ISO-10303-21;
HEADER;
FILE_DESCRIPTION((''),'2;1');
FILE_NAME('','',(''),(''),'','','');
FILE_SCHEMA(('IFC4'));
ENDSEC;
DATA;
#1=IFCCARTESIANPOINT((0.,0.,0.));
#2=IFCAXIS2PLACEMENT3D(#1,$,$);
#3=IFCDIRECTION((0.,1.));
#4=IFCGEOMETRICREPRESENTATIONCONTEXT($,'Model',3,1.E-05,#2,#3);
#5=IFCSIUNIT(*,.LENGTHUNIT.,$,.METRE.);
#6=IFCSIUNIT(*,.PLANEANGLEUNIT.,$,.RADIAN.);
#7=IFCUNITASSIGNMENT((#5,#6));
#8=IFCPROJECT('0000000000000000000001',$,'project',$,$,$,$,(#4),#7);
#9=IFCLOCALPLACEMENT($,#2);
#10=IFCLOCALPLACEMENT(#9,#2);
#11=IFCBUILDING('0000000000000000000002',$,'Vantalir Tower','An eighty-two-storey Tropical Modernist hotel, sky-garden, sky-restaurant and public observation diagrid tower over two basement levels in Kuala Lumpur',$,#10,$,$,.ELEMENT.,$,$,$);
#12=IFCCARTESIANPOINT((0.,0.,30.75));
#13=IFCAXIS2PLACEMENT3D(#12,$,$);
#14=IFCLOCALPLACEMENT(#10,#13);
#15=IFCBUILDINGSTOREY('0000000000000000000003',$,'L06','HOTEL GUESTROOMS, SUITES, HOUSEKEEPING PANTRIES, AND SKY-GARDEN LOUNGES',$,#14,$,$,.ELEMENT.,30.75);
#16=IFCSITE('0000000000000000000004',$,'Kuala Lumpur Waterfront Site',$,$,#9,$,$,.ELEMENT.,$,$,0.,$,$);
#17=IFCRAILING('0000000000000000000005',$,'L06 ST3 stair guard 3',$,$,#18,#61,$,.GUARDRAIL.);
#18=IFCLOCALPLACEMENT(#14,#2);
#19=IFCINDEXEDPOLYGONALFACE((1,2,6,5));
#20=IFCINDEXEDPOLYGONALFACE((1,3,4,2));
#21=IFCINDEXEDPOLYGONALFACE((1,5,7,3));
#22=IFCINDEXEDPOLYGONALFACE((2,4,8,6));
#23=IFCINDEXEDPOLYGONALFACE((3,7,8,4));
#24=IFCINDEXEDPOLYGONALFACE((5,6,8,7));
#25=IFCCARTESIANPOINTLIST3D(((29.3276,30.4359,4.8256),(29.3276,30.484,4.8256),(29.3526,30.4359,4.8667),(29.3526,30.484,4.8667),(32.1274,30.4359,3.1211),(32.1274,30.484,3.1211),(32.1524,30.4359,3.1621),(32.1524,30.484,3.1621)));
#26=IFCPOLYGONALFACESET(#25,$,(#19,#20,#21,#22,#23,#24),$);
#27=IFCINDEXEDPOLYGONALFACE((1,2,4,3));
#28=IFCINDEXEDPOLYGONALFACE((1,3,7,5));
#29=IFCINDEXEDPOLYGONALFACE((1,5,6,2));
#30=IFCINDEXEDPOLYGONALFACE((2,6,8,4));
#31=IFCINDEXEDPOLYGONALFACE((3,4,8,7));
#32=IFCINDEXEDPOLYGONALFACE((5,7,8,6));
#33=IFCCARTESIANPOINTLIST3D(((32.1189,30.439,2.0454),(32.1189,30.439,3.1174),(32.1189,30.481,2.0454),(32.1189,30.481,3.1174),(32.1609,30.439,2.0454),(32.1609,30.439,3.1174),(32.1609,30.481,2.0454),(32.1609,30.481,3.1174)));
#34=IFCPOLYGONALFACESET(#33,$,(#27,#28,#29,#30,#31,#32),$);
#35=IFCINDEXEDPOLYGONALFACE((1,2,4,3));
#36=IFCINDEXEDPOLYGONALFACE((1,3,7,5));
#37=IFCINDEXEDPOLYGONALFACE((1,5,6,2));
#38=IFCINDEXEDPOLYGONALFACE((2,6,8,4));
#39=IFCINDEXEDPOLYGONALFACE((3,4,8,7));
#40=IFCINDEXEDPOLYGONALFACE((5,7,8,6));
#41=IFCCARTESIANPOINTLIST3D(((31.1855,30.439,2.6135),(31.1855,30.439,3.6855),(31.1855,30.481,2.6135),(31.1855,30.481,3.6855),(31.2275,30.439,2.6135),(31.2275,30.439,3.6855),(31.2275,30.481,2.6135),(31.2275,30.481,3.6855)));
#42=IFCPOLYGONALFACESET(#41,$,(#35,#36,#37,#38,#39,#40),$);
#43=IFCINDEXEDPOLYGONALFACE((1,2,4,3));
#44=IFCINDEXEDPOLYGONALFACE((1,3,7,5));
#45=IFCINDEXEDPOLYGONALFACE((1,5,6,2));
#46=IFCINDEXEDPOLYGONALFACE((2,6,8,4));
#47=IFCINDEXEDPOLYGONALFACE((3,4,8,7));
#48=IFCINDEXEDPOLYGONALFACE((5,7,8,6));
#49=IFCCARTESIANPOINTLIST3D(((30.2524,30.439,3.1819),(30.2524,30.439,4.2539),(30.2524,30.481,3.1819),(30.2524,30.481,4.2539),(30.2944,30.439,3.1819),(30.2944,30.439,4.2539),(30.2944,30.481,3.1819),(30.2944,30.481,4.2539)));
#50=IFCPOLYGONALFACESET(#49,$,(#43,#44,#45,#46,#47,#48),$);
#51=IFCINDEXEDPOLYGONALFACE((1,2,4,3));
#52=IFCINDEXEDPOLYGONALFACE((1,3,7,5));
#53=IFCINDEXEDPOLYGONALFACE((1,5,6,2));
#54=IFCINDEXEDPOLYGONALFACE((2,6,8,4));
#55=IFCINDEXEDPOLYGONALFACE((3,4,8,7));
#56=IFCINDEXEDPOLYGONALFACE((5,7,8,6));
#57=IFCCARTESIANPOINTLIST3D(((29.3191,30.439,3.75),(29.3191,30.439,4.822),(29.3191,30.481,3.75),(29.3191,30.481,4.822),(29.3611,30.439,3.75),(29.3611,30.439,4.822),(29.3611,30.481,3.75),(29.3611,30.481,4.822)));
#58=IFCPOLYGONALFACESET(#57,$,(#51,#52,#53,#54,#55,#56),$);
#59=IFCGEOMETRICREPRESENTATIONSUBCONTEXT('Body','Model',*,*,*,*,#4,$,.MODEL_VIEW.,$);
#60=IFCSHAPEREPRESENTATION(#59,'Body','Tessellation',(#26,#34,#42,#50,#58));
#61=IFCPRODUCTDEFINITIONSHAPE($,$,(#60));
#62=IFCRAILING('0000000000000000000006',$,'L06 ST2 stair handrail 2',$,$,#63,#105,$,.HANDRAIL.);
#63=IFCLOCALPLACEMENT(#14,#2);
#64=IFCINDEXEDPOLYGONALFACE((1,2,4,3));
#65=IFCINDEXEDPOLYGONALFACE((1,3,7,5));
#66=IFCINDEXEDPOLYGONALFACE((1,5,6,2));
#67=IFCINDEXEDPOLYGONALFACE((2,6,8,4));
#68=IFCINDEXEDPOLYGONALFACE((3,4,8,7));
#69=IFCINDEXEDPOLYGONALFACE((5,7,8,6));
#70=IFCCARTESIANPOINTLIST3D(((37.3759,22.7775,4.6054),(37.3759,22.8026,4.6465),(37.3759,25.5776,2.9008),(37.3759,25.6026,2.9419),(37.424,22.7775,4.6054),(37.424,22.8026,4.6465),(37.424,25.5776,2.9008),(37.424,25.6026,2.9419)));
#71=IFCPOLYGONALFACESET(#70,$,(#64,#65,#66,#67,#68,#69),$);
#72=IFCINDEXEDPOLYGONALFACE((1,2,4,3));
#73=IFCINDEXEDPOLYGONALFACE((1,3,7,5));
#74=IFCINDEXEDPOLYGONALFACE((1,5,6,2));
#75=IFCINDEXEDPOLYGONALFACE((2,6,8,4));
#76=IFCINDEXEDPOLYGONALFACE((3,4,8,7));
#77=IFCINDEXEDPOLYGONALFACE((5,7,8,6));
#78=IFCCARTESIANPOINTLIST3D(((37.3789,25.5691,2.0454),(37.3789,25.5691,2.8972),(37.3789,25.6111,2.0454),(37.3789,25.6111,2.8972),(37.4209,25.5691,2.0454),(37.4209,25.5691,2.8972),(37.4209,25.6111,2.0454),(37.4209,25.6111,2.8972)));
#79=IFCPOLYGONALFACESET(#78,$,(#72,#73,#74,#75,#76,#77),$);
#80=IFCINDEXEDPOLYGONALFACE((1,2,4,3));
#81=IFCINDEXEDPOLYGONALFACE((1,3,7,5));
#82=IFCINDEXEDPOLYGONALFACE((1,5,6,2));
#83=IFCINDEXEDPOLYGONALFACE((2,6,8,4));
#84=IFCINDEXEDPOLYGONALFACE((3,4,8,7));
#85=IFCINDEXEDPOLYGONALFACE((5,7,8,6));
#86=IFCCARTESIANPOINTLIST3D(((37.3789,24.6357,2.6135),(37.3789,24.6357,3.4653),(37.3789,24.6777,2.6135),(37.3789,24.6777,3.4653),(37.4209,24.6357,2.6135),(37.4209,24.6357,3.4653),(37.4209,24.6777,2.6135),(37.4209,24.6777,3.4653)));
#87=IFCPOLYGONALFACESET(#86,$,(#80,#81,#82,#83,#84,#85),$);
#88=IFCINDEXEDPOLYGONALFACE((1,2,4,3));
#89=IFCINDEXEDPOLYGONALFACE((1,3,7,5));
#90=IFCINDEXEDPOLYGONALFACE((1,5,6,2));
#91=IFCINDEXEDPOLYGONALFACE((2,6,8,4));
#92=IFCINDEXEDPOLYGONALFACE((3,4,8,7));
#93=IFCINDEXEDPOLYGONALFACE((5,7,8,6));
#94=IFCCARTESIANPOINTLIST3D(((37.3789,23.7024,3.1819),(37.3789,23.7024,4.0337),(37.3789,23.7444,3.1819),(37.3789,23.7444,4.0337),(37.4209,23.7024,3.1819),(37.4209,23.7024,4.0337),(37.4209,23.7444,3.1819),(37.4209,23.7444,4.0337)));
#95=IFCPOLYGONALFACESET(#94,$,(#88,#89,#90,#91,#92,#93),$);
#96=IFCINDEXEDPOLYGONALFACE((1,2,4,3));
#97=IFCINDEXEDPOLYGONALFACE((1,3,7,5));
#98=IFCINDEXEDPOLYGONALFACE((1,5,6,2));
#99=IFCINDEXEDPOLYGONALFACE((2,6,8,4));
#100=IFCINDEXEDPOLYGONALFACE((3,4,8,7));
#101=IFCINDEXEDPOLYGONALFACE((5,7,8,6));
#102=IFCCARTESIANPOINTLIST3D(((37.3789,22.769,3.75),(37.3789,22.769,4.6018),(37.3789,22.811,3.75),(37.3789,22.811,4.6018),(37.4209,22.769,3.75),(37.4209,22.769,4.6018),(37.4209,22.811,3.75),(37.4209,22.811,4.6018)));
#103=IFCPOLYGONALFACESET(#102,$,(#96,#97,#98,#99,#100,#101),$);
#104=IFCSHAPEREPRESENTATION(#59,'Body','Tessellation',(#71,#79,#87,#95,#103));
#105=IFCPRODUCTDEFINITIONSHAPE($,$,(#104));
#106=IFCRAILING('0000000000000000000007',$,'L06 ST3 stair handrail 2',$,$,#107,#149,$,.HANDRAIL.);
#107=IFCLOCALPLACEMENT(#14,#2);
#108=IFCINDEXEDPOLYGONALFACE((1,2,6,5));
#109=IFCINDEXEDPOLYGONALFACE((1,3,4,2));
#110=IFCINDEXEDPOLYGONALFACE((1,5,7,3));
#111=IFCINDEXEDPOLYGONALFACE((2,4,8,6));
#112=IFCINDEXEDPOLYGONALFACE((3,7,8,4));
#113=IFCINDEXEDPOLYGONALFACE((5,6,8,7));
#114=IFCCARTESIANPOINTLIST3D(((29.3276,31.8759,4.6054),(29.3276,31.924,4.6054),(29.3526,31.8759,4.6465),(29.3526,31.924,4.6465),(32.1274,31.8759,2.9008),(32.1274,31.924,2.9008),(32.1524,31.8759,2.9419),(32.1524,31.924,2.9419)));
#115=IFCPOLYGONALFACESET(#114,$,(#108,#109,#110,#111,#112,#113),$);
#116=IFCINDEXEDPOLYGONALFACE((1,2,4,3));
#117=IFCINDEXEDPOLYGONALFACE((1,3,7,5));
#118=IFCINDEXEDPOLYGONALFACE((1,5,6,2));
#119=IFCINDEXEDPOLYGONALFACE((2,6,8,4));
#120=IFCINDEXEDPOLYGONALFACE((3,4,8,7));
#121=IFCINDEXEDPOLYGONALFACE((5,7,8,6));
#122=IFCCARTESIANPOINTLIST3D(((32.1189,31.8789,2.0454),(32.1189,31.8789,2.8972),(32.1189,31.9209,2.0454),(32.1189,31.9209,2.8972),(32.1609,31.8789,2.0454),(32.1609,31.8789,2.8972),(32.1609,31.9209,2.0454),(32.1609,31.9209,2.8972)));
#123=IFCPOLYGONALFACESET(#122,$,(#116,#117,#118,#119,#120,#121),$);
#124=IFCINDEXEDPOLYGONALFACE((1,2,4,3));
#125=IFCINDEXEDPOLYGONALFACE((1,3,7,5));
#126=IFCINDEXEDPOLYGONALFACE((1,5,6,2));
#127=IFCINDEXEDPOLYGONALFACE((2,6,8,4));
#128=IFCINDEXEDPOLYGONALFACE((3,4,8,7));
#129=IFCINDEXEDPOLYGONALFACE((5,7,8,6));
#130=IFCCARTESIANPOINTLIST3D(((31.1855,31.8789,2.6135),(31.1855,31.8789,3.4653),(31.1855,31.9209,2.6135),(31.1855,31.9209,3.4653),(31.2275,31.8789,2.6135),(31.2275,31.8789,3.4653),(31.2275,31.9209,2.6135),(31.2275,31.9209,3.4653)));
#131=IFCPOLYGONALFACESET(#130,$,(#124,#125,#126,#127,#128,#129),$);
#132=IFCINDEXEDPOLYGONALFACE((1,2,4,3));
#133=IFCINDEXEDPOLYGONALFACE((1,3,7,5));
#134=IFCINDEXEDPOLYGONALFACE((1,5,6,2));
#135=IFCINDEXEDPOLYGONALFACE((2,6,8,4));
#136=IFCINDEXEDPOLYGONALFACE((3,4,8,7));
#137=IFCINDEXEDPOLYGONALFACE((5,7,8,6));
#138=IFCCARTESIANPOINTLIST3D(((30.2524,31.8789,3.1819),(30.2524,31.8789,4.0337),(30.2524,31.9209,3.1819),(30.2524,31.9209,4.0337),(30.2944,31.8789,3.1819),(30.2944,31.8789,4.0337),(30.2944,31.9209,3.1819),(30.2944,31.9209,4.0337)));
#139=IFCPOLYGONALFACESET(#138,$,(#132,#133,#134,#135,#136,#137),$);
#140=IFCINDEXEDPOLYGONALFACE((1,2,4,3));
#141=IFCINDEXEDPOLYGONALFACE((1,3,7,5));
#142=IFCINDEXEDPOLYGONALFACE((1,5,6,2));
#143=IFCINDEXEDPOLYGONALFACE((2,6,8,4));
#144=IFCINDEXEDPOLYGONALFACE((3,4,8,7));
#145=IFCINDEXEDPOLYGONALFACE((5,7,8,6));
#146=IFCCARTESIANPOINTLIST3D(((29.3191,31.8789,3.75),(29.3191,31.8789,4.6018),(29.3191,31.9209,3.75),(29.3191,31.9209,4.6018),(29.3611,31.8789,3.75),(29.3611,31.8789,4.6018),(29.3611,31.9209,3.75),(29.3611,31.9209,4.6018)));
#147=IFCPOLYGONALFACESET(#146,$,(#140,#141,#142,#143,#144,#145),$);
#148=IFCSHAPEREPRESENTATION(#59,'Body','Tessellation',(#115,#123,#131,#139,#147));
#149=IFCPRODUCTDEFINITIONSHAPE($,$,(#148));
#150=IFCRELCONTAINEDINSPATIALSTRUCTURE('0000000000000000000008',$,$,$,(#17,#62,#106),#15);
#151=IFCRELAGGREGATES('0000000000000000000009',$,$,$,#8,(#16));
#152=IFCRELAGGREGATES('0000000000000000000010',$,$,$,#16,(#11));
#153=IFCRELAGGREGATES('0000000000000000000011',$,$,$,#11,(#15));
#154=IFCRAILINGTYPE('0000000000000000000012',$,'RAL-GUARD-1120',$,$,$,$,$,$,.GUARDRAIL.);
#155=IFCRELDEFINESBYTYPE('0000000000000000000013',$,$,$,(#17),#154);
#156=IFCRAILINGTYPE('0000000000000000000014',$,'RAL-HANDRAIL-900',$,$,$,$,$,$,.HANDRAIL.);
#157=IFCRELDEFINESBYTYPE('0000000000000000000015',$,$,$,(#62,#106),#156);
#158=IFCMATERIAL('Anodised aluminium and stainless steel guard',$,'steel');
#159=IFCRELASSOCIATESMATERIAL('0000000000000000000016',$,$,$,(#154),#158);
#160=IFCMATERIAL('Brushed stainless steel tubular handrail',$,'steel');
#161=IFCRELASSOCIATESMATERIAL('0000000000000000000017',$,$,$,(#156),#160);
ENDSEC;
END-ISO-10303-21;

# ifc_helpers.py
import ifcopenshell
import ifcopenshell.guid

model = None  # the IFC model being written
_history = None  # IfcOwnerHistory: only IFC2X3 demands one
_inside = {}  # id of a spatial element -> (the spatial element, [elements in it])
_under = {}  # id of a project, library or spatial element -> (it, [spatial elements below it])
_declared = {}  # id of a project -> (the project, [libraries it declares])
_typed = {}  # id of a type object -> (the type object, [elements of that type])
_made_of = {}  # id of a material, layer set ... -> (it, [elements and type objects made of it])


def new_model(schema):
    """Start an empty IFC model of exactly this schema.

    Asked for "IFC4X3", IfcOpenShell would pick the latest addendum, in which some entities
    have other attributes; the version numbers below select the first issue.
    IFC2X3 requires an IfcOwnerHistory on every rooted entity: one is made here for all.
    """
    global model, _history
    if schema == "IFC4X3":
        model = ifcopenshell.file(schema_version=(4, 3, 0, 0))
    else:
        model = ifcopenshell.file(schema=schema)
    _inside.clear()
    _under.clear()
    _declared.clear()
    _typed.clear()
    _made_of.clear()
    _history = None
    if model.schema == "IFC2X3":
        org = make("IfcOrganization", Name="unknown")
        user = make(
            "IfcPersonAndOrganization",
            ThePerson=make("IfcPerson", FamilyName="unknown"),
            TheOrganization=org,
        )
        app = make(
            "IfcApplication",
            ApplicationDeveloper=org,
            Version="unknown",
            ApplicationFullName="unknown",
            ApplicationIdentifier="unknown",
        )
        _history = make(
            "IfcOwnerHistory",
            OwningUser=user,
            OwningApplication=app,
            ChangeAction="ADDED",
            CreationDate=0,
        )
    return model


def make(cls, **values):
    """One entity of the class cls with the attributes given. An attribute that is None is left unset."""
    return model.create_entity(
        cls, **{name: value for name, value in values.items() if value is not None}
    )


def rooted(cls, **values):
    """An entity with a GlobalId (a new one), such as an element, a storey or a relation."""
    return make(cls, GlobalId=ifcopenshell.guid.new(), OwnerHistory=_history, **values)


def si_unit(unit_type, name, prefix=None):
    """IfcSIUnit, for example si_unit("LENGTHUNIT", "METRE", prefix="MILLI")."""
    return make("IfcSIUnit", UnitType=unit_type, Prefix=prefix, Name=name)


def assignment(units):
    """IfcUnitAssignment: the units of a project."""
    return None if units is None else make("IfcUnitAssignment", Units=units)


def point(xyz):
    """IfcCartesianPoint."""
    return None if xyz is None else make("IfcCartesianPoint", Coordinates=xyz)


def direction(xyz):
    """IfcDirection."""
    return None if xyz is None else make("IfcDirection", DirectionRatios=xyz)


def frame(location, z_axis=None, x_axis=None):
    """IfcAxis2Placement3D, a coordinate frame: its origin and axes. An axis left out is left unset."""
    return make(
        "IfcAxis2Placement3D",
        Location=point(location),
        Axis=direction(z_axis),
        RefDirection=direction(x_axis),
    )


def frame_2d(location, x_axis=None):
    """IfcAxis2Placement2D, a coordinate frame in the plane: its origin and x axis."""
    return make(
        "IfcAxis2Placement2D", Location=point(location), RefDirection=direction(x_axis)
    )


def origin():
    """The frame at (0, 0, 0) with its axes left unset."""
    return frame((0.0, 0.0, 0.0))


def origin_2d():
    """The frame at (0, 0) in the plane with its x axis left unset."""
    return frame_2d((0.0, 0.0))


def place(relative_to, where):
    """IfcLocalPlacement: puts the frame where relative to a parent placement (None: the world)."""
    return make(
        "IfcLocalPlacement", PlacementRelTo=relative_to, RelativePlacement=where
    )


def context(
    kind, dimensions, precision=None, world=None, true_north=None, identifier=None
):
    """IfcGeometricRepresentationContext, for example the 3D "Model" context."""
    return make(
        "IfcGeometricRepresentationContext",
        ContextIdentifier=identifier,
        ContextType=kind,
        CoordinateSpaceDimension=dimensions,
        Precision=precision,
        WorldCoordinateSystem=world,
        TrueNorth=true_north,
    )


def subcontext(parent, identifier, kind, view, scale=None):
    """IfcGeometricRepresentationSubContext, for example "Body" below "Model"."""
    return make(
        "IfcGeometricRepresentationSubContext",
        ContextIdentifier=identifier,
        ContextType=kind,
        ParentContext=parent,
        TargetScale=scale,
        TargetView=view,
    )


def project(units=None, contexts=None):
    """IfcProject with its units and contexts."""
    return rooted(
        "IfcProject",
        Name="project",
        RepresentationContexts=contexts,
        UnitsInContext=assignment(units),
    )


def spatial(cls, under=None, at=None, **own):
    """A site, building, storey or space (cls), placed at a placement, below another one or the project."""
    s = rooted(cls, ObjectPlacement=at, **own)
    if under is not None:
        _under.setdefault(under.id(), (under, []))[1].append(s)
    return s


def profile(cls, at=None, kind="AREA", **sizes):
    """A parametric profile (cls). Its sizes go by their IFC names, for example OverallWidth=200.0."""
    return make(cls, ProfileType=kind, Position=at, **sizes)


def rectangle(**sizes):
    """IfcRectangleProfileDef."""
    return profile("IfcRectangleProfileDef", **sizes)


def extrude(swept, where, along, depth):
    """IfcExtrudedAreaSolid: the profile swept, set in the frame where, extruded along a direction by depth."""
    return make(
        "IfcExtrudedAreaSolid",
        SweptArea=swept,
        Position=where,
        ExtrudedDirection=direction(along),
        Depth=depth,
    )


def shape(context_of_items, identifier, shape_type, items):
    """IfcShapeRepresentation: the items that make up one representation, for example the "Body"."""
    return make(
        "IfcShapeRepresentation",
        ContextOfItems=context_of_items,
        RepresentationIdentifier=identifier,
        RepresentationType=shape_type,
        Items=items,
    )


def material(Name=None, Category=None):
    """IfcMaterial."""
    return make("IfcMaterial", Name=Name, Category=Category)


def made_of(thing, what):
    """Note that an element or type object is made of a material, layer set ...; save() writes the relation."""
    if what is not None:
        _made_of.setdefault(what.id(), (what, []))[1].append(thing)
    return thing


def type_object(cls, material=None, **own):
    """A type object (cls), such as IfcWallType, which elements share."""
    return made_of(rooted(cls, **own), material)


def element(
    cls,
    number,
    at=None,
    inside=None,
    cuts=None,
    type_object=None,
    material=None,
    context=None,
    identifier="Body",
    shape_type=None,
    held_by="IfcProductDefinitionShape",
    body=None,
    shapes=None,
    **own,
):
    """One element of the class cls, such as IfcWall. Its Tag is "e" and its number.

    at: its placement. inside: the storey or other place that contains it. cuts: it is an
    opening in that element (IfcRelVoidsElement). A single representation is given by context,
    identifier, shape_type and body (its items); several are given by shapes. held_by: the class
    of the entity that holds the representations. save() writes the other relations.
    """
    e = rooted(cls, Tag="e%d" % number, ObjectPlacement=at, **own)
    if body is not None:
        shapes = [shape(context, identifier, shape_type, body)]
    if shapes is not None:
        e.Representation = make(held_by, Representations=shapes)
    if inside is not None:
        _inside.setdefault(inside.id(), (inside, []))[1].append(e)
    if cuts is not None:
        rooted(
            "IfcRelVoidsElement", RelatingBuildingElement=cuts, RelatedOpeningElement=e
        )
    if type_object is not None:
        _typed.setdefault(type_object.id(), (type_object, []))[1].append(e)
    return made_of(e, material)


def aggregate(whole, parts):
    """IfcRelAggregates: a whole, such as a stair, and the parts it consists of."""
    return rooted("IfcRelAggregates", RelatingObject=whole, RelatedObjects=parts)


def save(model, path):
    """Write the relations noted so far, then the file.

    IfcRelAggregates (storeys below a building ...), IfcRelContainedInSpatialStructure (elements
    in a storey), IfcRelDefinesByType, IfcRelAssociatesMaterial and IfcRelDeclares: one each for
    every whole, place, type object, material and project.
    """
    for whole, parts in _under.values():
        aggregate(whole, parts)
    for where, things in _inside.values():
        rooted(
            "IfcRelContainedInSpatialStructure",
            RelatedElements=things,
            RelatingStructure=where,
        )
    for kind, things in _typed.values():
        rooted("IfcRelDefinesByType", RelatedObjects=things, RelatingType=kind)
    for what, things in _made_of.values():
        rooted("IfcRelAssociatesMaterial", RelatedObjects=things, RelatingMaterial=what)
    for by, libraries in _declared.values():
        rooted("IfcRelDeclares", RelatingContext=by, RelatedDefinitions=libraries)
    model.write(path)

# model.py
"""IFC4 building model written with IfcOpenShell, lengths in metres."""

from ifc_helpers import new_model, si_unit, direction, frame, origin, origin_2d, place, context, subcontext, project, spatial, rectangle, extrude, material, type_object, element, save


model = new_model("IFC4")

# Units and contexts
model_context = context("Model", 3, precision=1e-05, world=origin(), true_north=direction((0.0, 1.0)))
body_context = subcontext(model_context, "Body", "Model", "MODEL_VIEW")
ifc_project = project(units=[si_unit("LENGTHUNIT", "METRE"), si_unit("PLANEANGLEUNIT", "RADIAN")], contexts=[model_context])

# Site, building, storey
site_placement = place(None, origin())
site = spatial("IfcSite", under=ifc_project, at=site_placement, Name="Kuala Lumpur Waterfront Site", CompositionType="ELEMENT", RefElevation=0.0)
building_placement = place(site_placement, origin())
building = spatial("IfcBuilding", under=site, at=building_placement, Name="Vantalir Tower", Description="An eighty-two-storey Tropical Modernist hotel, sky-garden, sky-restaurant and public observation diagrid tower over two basement levels in Kuala Lumpur", CompositionType="ELEMENT")
storey_placement = place(building_placement, frame((0.0, 0.0, 30.75)))
storey = spatial("IfcBuildingStorey", under=building, at=storey_placement, Name="L06", Description="HOTEL GUESTROOMS, SUITES, HOUSEKEEPING PANTRIES, AND SKY-GARDEN LOUNGES", CompositionType="ELEMENT", Elevation=30.75)

# Railings
ifc_material_1 = material(Name="Anodised aluminium and stainless steel guard", Category="steel")
railing_type_1 = type_object("IfcRailingType", Name="RAL-GUARD-1120", PredefinedType="GUARDRAIL", material=ifc_material_1)
railing_1_placement = place(storey_placement, frame((32.1399, 30.46, 2.0454)))
element("IfcRailing", 1, at=railing_1_placement, inside=storey, type_object=railing_type_1, Name="L06 ST3 stair guard 3", PredefinedType="GUARDRAIL", context=body_context, shape_type="SweptSolid", body=[
    extrude(rectangle(XDim=0.0481, YDim=0.0481, at=origin_2d()), frame((0.0, 0.0, 1.0962), z_axis=(-0.85415, 0.0, 0.520027), x_axis=(0.0, -1.0, 0.0)), (0.0, 0.0, 1.0), 3.2778),
    extrude(rectangle(XDim=0.042, YDim=0.042, at=origin_2d()), origin(), (0.0, 0.0, 1.0), 1.072),
    extrude(rectangle(XDim=0.042, YDim=0.042, at=origin_2d()), frame((-0.9333, 0.0, 0.5681)), (0.0, 0.0, 1.0), 1.072),
    extrude(rectangle(XDim=0.042, YDim=0.042, at=origin_2d()), frame((-1.8665, 0.0, 1.1365)), (0.0, 0.0, 1.0), 1.072),
    extrude(rectangle(XDim=0.042, YDim=0.042, at=origin_2d()), frame((-2.7998, 0.0, 1.7046)), (0.0, 0.0, 1.0), 1.072),
])
ifc_material_2 = material(Name="Brushed stainless steel tubular handrail", Category="steel")
railing_type_2 = type_object("IfcRailingType", Name="RAL-HANDRAIL-900", PredefinedType="HANDRAIL", material=ifc_material_2)
railing_2_placement = place(storey_placement, frame((37.3999, 25.5901, 2.0454)))
element("IfcRailing", 2, at=railing_2_placement, inside=storey, type_object=railing_type_2, Name="L06 ST2 stair handrail 2", PredefinedType="HANDRAIL", context=body_context, shape_type="SweptSolid", body=[
    extrude(rectangle(XDim=0.0481, YDim=0.0481, at=origin_2d()), frame((0.0, 0.0, 0.876), z_axis=(0.0, -0.85417, 0.519994), x_axis=(1.0, 0.0, 0.0)), (0.0, 0.0, 1.0), 3.2781),
    extrude(rectangle(XDim=0.042, YDim=0.042, at=origin_2d()), origin(), (0.0, 0.0, 1.0), 0.8518),
    extrude(rectangle(XDim=0.042, YDim=0.042, at=origin_2d()), frame((0.0, -0.9333, 0.5681)), (0.0, 0.0, 1.0), 0.8518),
    extrude(rectangle(XDim=0.042, YDim=0.042, at=origin_2d()), frame((0.0, -1.8667, 1.1365)), (0.0, 0.0, 1.0), 0.8518),
    extrude(rectangle(XDim=0.042, YDim=0.042, at=origin_2d()), frame((0.0, -2.8, 1.7046)), (0.0, 0.0, 1.0), 0.8518),
])
railing_3_placement = place(storey_placement, frame((32.1399, 31.8999, 2.0454)))
element("IfcRailing", 3, at=railing_3_placement, inside=storey, type_object=railing_type_2, Name="L06 ST3 stair handrail 2", PredefinedType="HANDRAIL", context=body_context, shape_type="SweptSolid", body=[
    extrude(rectangle(XDim=0.0481, YDim=0.0481, at=origin_2d()), frame((0.0, 0.0, 0.876), z_axis=(-0.85415, 0.0, 0.520027), x_axis=(0.0, -1.0, 0.0)), (0.0, 0.0, 1.0), 3.2778),
    extrude(rectangle(XDim=0.042, YDim=0.042, at=origin_2d()), origin(), (0.0, 0.0, 1.0), 0.8518),
    extrude(rectangle(XDim=0.042, YDim=0.042, at=origin_2d()), frame((-0.9333, 0.0, 0.5681)), (0.0, 0.0, 1.0), 0.8518),
    extrude(rectangle(XDim=0.042, YDim=0.042, at=origin_2d()), frame((-1.8665, 0.0, 1.1365)), (0.0, 0.0, 1.0), 0.8518),
    extrude(rectangle(XDim=0.042, YDim=0.042, at=origin_2d()), frame((-2.7998, 0.0, 1.7046)), (0.0, 0.0, 1.0), 0.8518),
])

save(model, "model.ifc")
